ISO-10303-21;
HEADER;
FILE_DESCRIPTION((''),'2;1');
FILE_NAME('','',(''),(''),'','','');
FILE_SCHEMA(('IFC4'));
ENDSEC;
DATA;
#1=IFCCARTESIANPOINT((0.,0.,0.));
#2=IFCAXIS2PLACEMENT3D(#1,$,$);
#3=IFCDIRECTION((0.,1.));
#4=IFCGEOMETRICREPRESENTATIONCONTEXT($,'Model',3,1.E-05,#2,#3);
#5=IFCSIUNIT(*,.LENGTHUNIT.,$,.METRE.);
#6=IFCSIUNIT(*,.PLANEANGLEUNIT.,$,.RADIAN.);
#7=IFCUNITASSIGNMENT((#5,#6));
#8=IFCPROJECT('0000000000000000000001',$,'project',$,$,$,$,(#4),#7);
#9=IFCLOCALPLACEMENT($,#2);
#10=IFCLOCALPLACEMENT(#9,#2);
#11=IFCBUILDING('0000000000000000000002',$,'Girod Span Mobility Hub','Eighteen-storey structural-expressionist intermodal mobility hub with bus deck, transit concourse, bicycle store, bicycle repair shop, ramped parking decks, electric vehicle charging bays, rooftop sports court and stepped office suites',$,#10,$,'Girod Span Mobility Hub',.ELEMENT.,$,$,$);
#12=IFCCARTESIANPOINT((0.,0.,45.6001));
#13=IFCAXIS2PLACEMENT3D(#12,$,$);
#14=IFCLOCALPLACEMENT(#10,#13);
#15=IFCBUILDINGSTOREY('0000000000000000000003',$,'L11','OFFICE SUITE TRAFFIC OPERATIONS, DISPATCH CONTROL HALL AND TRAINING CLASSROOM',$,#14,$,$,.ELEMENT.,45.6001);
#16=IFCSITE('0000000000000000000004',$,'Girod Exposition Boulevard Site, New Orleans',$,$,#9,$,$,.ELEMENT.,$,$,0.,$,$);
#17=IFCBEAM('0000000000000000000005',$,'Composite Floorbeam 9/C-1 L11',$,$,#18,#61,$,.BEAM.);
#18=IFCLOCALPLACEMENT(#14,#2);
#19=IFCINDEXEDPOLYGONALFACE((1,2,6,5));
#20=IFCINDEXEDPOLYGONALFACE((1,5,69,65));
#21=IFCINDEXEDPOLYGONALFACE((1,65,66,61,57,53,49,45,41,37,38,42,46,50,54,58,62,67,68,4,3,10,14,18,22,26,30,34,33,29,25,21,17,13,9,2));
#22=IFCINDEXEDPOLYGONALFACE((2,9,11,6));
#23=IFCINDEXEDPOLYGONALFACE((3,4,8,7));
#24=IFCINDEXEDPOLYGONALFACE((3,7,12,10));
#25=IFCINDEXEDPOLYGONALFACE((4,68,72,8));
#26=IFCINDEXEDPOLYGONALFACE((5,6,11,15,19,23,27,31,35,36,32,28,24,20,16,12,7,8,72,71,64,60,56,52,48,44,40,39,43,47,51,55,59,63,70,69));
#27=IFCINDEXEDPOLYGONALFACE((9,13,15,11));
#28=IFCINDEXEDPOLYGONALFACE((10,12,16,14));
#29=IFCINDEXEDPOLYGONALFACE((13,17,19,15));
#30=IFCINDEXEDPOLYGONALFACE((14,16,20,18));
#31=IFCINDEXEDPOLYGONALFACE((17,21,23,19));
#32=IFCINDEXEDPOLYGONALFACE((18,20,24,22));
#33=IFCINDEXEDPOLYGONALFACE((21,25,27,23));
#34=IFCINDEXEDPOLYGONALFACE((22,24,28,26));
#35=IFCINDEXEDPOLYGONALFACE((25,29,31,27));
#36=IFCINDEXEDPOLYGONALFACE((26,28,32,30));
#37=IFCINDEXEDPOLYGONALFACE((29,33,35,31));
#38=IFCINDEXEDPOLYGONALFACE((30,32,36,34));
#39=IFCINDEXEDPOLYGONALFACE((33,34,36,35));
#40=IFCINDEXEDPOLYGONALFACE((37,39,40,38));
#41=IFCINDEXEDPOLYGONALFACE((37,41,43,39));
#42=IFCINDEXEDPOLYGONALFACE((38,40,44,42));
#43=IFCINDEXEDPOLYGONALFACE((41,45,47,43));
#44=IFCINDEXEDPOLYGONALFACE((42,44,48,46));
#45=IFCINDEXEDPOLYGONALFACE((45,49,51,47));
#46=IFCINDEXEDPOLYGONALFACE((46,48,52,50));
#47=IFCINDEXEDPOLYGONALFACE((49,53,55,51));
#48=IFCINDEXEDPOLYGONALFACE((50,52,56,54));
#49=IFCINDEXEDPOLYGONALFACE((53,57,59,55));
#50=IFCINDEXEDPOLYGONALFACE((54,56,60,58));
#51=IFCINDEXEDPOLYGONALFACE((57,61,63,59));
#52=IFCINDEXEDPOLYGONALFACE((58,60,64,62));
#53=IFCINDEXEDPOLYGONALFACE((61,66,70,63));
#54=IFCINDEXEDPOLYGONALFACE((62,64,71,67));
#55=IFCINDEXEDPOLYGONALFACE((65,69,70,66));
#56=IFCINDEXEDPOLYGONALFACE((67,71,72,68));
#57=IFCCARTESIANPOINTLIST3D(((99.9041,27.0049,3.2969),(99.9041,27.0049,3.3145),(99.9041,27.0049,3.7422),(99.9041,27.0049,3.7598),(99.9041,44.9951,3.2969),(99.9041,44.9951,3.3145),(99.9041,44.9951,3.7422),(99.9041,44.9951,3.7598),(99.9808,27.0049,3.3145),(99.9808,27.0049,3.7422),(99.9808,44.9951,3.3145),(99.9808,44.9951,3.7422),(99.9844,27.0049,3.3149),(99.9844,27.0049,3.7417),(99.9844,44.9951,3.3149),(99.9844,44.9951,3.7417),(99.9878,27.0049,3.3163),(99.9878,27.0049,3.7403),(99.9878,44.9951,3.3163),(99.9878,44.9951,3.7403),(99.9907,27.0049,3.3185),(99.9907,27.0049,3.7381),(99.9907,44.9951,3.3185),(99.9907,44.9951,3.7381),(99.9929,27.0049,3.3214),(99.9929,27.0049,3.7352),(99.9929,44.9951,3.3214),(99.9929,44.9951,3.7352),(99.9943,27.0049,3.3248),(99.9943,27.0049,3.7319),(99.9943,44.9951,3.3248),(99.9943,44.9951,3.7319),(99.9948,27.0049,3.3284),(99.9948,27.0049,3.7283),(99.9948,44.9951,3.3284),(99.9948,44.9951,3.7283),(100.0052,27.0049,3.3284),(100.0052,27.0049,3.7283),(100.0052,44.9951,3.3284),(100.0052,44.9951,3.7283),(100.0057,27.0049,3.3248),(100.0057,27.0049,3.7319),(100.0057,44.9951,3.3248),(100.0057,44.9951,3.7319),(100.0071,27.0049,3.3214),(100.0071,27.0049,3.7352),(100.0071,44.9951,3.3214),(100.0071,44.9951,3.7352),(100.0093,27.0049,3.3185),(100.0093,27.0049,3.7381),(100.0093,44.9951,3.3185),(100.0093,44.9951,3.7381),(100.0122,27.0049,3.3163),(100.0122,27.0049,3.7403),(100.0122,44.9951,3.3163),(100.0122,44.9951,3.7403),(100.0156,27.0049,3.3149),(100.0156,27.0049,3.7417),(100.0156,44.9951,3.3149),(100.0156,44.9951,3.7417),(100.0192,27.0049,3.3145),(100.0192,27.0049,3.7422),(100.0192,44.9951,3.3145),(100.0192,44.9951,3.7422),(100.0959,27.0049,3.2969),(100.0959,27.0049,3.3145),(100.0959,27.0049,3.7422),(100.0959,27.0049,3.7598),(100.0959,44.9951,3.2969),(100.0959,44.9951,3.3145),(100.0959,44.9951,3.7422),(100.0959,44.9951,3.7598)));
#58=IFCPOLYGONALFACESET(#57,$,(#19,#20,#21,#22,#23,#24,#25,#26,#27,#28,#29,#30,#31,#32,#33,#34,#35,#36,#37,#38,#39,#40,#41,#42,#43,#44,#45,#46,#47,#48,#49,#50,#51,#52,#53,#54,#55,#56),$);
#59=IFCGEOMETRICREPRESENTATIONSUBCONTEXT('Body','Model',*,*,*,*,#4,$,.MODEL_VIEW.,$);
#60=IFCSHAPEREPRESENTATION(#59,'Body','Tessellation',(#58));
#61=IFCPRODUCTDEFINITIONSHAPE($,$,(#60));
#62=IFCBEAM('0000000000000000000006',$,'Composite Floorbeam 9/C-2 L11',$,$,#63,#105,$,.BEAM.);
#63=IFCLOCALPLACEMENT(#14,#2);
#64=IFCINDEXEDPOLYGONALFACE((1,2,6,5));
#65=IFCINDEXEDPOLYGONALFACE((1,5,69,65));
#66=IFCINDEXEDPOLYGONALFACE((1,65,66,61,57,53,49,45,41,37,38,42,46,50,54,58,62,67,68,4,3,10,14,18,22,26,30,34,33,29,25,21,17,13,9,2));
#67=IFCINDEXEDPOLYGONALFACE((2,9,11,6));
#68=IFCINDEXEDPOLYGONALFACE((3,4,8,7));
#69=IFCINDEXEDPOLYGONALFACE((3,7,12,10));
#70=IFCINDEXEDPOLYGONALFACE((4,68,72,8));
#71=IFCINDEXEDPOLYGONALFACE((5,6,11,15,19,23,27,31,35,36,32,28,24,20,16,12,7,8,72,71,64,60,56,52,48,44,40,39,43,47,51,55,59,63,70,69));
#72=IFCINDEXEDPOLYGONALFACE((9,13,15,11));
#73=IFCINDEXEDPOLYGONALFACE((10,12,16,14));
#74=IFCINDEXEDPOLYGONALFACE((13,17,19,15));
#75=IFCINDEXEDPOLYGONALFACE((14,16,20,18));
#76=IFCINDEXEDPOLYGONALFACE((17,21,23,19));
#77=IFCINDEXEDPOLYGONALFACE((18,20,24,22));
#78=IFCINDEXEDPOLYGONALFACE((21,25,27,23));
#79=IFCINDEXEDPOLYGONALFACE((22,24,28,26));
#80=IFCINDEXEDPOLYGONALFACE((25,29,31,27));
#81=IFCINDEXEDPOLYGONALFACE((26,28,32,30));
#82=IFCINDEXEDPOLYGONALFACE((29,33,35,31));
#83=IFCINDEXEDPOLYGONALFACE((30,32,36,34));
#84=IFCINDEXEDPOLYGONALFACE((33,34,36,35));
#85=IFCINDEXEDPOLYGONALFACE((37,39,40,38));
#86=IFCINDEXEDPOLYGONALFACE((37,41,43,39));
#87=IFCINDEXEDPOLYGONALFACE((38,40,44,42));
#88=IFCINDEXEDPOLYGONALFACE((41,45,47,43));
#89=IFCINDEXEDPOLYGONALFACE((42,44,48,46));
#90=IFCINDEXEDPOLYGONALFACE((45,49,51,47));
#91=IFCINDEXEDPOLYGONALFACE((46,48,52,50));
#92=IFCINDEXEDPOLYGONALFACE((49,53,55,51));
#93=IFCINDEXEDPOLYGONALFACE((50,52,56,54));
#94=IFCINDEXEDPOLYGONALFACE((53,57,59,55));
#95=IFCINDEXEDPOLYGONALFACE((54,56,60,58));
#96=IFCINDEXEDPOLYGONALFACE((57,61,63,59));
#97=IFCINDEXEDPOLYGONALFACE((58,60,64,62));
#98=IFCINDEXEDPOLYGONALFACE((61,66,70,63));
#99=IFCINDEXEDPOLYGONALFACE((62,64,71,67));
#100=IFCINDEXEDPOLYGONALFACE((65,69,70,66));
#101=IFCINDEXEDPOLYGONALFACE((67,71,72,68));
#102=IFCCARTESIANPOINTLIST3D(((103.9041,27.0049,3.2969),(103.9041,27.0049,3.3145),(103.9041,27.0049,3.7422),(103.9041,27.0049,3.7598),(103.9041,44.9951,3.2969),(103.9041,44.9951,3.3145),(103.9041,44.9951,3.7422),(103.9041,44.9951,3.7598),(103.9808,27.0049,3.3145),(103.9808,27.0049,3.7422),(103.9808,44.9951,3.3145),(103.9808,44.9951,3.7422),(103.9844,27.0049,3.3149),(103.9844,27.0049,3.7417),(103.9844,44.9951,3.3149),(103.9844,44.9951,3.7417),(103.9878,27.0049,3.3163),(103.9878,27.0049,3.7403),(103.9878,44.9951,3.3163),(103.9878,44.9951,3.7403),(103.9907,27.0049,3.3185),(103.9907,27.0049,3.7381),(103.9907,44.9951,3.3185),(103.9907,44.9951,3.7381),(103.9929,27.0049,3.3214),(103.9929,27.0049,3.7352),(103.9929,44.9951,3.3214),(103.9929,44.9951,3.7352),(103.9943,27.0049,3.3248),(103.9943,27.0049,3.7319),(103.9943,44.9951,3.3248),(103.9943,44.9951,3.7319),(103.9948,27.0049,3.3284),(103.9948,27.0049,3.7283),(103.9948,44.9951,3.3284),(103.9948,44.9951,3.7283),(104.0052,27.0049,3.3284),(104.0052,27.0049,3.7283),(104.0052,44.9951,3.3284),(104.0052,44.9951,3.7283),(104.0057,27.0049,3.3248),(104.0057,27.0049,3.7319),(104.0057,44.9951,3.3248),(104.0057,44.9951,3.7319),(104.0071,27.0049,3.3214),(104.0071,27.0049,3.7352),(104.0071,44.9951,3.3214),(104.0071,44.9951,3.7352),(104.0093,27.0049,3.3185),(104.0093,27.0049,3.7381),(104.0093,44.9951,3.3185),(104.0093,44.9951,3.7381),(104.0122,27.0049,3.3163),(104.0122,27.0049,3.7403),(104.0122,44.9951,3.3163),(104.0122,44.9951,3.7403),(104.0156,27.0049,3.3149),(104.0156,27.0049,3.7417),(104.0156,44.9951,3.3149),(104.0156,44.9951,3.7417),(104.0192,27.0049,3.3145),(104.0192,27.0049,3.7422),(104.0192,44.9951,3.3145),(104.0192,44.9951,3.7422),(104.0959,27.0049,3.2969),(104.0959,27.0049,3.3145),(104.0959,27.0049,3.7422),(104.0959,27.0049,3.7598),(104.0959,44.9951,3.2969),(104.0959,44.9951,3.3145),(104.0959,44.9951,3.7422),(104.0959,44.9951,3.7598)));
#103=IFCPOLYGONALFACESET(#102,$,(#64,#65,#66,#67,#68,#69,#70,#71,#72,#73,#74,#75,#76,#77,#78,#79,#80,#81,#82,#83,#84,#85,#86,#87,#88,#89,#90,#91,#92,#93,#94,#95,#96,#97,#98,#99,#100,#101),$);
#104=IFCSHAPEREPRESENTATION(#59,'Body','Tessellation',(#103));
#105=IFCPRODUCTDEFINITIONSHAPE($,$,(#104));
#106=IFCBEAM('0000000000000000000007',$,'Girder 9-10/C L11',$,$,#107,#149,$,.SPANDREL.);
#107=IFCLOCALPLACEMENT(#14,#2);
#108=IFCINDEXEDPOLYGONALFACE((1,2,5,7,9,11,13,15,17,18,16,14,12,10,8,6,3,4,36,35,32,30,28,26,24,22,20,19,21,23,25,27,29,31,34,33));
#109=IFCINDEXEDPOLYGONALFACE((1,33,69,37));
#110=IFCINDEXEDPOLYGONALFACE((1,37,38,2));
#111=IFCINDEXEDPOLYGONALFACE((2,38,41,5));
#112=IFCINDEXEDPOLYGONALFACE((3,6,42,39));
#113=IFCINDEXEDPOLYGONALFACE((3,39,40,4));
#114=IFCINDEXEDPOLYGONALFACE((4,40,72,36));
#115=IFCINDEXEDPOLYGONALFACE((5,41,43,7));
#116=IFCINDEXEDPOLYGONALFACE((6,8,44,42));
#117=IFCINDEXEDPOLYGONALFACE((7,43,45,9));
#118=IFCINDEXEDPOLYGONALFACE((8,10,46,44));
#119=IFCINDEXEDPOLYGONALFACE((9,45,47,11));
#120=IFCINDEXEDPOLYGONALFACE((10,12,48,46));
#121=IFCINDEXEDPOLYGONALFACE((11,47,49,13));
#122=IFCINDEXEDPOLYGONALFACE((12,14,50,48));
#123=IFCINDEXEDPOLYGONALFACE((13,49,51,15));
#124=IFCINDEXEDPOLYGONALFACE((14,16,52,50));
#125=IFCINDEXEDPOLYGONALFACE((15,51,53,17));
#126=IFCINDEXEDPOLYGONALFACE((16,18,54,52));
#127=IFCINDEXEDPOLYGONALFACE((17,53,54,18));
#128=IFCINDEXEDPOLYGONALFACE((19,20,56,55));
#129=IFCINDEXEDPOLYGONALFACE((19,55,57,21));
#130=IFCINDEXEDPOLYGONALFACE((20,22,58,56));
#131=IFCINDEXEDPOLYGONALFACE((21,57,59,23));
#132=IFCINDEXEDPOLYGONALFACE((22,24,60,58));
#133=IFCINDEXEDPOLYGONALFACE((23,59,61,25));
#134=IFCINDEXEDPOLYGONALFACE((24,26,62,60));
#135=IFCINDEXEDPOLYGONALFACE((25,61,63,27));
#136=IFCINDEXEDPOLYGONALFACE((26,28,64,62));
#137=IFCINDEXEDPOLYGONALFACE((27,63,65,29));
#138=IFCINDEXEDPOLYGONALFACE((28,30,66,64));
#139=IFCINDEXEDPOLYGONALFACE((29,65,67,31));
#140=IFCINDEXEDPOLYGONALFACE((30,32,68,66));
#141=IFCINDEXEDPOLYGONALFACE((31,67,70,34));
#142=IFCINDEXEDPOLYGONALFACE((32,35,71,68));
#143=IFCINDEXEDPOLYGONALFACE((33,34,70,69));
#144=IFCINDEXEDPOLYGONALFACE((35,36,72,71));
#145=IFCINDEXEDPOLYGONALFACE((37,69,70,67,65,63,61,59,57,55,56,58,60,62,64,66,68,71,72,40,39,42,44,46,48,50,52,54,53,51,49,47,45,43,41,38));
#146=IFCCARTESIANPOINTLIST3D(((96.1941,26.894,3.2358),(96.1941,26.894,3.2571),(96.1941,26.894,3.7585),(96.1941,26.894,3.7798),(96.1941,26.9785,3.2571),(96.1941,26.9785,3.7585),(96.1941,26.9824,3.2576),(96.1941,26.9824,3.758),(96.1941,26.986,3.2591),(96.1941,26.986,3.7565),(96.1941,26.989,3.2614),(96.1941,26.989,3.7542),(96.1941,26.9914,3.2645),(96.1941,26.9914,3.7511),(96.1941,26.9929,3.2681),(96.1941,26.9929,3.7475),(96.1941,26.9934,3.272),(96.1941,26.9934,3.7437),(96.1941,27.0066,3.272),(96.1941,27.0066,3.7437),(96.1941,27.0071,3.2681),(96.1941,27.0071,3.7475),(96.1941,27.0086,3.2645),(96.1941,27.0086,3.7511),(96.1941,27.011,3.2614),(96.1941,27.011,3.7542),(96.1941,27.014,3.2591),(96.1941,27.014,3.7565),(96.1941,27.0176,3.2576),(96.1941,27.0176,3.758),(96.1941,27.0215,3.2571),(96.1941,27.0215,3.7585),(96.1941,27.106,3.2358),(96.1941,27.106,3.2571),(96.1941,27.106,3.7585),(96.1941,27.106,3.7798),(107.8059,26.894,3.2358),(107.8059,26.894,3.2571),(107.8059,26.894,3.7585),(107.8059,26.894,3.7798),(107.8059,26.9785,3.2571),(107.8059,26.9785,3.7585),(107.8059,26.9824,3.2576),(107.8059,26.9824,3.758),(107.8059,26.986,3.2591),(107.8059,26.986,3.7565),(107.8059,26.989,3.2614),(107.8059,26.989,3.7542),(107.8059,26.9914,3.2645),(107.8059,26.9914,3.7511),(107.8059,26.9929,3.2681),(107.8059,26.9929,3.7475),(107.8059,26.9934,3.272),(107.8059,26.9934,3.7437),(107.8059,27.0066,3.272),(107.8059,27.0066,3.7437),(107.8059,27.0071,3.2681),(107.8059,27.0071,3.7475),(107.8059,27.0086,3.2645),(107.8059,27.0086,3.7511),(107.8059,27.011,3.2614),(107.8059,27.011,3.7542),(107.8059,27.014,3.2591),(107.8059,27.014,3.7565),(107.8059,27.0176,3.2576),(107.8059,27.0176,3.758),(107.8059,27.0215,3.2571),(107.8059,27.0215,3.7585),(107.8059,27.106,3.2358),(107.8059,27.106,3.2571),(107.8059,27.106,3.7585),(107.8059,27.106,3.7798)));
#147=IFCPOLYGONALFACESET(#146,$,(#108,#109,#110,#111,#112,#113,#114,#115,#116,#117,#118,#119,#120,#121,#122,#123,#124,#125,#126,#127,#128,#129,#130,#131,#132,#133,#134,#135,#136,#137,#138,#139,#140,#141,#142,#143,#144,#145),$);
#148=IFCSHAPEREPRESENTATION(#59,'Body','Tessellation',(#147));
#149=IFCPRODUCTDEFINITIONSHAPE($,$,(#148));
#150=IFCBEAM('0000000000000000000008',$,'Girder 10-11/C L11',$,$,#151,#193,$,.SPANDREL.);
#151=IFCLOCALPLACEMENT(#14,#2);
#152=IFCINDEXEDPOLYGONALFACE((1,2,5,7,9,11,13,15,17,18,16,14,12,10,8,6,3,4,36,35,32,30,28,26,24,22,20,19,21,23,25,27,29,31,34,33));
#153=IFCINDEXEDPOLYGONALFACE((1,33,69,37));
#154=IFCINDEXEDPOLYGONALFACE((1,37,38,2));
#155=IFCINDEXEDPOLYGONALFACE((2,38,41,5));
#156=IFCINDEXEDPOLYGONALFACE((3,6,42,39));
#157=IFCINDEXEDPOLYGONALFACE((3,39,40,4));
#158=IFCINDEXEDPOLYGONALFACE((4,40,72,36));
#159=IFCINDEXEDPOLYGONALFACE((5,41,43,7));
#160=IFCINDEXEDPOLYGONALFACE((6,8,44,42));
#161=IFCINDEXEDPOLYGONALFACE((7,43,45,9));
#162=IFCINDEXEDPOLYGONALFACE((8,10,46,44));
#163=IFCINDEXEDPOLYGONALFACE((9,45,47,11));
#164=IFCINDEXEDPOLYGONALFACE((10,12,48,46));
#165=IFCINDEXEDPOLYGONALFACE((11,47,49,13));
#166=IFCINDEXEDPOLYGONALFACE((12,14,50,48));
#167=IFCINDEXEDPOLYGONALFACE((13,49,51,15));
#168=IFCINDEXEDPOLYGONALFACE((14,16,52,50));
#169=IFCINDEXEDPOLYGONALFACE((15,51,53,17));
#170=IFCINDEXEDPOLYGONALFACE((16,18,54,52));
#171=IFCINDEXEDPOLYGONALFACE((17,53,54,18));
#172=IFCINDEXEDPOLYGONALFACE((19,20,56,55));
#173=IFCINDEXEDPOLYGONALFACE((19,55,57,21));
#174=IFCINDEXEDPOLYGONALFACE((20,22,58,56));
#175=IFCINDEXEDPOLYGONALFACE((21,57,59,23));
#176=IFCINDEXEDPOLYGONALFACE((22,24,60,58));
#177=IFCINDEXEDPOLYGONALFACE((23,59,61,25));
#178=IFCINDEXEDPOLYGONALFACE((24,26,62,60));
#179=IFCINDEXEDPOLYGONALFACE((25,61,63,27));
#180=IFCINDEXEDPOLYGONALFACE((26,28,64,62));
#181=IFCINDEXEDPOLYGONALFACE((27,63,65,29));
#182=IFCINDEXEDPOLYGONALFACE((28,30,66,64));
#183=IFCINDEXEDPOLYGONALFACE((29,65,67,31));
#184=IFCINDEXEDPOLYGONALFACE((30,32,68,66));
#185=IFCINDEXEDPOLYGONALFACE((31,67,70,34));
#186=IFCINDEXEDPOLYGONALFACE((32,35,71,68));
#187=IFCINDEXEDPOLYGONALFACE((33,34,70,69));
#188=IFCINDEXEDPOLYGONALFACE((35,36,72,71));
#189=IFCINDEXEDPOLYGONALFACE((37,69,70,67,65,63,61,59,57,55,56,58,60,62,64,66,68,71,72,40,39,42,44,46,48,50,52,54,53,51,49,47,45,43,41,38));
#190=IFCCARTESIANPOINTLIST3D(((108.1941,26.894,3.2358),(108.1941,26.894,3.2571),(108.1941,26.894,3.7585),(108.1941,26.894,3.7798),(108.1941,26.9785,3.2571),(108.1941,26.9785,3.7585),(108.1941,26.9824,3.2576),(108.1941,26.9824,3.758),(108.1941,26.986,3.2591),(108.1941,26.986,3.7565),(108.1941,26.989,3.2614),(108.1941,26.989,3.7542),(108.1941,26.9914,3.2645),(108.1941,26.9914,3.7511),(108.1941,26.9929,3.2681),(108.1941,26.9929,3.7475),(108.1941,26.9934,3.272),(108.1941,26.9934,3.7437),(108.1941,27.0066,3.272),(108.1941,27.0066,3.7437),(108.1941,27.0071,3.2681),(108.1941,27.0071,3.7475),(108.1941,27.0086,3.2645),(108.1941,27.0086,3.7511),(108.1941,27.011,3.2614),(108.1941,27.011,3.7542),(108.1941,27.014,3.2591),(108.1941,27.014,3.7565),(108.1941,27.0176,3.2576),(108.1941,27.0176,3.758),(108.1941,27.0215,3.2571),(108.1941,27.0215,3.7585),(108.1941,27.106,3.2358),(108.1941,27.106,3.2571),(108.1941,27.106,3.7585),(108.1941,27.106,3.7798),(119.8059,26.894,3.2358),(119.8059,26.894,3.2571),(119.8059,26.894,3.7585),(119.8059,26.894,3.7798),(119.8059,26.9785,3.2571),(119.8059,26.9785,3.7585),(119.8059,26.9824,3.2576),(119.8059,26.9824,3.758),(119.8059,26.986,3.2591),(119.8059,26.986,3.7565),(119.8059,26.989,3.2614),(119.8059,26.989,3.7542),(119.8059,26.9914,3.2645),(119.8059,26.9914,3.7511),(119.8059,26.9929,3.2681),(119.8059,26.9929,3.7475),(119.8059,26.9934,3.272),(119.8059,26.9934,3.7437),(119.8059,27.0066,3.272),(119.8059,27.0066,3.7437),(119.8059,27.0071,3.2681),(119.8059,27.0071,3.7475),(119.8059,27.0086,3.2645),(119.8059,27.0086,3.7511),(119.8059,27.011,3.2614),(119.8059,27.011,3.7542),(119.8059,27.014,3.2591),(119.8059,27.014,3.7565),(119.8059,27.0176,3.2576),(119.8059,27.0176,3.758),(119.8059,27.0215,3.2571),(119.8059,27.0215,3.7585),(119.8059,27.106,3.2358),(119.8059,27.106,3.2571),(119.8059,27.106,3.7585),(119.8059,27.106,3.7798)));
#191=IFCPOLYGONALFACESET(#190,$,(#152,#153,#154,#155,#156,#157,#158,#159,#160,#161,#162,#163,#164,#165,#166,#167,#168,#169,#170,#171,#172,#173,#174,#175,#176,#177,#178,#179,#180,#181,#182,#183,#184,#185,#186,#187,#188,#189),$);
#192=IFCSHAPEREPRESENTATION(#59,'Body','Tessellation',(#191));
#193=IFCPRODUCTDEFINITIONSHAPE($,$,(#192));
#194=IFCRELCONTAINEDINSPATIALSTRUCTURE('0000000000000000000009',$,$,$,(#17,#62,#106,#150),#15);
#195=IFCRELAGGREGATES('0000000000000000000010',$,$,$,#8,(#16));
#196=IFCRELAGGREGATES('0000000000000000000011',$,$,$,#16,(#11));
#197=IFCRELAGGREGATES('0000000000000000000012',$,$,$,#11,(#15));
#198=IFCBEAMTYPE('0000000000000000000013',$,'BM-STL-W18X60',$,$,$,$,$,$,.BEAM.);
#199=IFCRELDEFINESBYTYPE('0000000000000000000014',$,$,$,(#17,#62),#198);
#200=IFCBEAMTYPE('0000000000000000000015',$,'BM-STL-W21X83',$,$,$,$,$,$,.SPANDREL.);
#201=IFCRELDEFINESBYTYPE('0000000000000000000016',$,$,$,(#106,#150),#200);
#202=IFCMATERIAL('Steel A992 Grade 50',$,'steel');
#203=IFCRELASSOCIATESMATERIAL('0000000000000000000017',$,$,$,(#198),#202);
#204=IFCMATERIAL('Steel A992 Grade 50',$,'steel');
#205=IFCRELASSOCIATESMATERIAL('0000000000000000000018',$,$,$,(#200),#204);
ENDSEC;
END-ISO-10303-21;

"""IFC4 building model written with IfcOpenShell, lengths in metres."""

from ifc_helpers import new_model, si_unit, direction, frame, origin, origin_2d, place, context, subcontext, project, spatial, i_section, extrude, material, material_profile, profile_set, type_object, element, save


model = new_model("IFC4")

# Units and contexts
model_context = context("Model", 3, precision=1e-05, world=origin(), true_north=direction((0.0, 1.0)))
body_context = subcontext(model_context, "Body", "Model", "MODEL_VIEW")
ifc_project = project(units=[si_unit("LENGTHUNIT", "METRE"), si_unit("PLANEANGLEUNIT", "RADIAN")], contexts=[model_context])

# Site, building, storey
site_placement = place(None, origin())
site = spatial("IfcSite", under=ifc_project, at=site_placement, Name="Girod Exposition Boulevard Site, New Orleans", CompositionType="ELEMENT", RefElevation=0.0)
building_placement = place(site_placement, origin())
building = spatial("IfcBuilding", under=site, at=building_placement, Name="Girod Span Mobility Hub", Description="Eighteen-storey structural-expressionist intermodal mobility hub with bus deck, transit concourse, bicycle store, bicycle repair shop, ramped parking decks, electric vehicle charging bays, rooftop sports court and stepped office suites", LongName="Girod Span Mobility Hub", CompositionType="ELEMENT")
storey_placement = place(building_placement, frame((0.0, 0.0, 45.6001)))
storey = spatial("IfcBuildingStorey", under=building, at=storey_placement, Name="L11", Description="OFFICE SUITE TRAFFIC OPERATIONS, DISPATCH CONTROL HALL AND TRAINING CLASSROOM", CompositionType="ELEMENT", Elevation=45.6001)

# Beams
ifc_material_1 = material(Name="Steel A992 Grade 50", Category="steel")
ifc_material_profile_1 = material_profile(ifc_material_1, i_section(OverallWidth=0.1919, OverallDepth=0.4629, WebThickness=0.0105, FlangeThickness=0.0176, FilletRadius=0.0139, at=origin_2d()), Name="W18X60")
ifc_profile_set_1 = profile_set([ifc_material_profile_1], Name="Steel A992 Grade 50")
beam_type_1 = type_object("IfcBeamType", Name="BM-STL-W18X60", PredefinedType="BEAM", material=ifc_profile_set_1)
for number, where, z_axis, x_axis, name in (
    (1, (100.0, 27.0049, 3.5283), (0.0, 1.0, 0.0), (-1.0, 0.0, 0.0), "Composite Floorbeam 9/C-1 L11"),
    (2, (104.0, 27.0049, 3.5283), (0.0, 1.0, 0.0), (-1.0, 0.0, 0.0), "Composite Floorbeam 9/C-2 L11"),
):
    element("IfcBeam", number, at=place(storey_placement, frame(where, z_axis=z_axis, x_axis=x_axis)), inside=storey, type_object=beam_type_1, Name=name, PredefinedType="BEAM", context=body_context, shape_type="SweptSolid", body=[
        extrude(i_section(OverallWidth=0.1919, OverallDepth=0.4629, WebThickness=0.0105, FlangeThickness=0.0176, FilletRadius=0.0139, at=origin_2d()), origin(), (0.0, 0.0, 1.0), 17.9902),
    ])
ifc_material_2 = material(Name="Steel A992 Grade 50", Category="steel")
ifc_material_profile_2 = material_profile(ifc_material_2, i_section(OverallWidth=0.2119, OverallDepth=0.5439, WebThickness=0.0132, FlangeThickness=0.0212, FilletRadius=0.0149, at=origin_2d()), Name="W21X83")
ifc_profile_set_2 = profile_set([ifc_material_profile_2], Name="Steel A992 Grade 50")
beam_type_2 = type_object("IfcBeamType", Name="BM-STL-W21X83", PredefinedType="SPANDREL", material=ifc_profile_set_2)
for number, where, z_axis, x_axis, name in (
    (3, (96.1941, 27.0, 3.5078), (1.0, 0.0, 0.0), (0.0, 1.0, 0.0), "Girder 9-10/C L11"),
    (4, (108.1941, 27.0, 3.5078), (1.0, 0.0, 0.0), (0.0, 1.0, 0.0), "Girder 10-11/C L11"),
):
    element("IfcBeam", number, at=place(storey_placement, frame(where, z_axis=z_axis, x_axis=x_axis)), inside=storey, type_object=beam_type_2, Name=name, PredefinedType="SPANDREL", context=body_context, shape_type="SweptSolid", body=[
        extrude(i_section(OverallWidth=0.2119, OverallDepth=0.5439, WebThickness=0.0132, FlangeThickness=0.0212, FilletRadius=0.0149, at=origin_2d()), origin(), (0.0, 0.0, 1.0), 11.6118),
    ])

save(model, "model.ifc")
